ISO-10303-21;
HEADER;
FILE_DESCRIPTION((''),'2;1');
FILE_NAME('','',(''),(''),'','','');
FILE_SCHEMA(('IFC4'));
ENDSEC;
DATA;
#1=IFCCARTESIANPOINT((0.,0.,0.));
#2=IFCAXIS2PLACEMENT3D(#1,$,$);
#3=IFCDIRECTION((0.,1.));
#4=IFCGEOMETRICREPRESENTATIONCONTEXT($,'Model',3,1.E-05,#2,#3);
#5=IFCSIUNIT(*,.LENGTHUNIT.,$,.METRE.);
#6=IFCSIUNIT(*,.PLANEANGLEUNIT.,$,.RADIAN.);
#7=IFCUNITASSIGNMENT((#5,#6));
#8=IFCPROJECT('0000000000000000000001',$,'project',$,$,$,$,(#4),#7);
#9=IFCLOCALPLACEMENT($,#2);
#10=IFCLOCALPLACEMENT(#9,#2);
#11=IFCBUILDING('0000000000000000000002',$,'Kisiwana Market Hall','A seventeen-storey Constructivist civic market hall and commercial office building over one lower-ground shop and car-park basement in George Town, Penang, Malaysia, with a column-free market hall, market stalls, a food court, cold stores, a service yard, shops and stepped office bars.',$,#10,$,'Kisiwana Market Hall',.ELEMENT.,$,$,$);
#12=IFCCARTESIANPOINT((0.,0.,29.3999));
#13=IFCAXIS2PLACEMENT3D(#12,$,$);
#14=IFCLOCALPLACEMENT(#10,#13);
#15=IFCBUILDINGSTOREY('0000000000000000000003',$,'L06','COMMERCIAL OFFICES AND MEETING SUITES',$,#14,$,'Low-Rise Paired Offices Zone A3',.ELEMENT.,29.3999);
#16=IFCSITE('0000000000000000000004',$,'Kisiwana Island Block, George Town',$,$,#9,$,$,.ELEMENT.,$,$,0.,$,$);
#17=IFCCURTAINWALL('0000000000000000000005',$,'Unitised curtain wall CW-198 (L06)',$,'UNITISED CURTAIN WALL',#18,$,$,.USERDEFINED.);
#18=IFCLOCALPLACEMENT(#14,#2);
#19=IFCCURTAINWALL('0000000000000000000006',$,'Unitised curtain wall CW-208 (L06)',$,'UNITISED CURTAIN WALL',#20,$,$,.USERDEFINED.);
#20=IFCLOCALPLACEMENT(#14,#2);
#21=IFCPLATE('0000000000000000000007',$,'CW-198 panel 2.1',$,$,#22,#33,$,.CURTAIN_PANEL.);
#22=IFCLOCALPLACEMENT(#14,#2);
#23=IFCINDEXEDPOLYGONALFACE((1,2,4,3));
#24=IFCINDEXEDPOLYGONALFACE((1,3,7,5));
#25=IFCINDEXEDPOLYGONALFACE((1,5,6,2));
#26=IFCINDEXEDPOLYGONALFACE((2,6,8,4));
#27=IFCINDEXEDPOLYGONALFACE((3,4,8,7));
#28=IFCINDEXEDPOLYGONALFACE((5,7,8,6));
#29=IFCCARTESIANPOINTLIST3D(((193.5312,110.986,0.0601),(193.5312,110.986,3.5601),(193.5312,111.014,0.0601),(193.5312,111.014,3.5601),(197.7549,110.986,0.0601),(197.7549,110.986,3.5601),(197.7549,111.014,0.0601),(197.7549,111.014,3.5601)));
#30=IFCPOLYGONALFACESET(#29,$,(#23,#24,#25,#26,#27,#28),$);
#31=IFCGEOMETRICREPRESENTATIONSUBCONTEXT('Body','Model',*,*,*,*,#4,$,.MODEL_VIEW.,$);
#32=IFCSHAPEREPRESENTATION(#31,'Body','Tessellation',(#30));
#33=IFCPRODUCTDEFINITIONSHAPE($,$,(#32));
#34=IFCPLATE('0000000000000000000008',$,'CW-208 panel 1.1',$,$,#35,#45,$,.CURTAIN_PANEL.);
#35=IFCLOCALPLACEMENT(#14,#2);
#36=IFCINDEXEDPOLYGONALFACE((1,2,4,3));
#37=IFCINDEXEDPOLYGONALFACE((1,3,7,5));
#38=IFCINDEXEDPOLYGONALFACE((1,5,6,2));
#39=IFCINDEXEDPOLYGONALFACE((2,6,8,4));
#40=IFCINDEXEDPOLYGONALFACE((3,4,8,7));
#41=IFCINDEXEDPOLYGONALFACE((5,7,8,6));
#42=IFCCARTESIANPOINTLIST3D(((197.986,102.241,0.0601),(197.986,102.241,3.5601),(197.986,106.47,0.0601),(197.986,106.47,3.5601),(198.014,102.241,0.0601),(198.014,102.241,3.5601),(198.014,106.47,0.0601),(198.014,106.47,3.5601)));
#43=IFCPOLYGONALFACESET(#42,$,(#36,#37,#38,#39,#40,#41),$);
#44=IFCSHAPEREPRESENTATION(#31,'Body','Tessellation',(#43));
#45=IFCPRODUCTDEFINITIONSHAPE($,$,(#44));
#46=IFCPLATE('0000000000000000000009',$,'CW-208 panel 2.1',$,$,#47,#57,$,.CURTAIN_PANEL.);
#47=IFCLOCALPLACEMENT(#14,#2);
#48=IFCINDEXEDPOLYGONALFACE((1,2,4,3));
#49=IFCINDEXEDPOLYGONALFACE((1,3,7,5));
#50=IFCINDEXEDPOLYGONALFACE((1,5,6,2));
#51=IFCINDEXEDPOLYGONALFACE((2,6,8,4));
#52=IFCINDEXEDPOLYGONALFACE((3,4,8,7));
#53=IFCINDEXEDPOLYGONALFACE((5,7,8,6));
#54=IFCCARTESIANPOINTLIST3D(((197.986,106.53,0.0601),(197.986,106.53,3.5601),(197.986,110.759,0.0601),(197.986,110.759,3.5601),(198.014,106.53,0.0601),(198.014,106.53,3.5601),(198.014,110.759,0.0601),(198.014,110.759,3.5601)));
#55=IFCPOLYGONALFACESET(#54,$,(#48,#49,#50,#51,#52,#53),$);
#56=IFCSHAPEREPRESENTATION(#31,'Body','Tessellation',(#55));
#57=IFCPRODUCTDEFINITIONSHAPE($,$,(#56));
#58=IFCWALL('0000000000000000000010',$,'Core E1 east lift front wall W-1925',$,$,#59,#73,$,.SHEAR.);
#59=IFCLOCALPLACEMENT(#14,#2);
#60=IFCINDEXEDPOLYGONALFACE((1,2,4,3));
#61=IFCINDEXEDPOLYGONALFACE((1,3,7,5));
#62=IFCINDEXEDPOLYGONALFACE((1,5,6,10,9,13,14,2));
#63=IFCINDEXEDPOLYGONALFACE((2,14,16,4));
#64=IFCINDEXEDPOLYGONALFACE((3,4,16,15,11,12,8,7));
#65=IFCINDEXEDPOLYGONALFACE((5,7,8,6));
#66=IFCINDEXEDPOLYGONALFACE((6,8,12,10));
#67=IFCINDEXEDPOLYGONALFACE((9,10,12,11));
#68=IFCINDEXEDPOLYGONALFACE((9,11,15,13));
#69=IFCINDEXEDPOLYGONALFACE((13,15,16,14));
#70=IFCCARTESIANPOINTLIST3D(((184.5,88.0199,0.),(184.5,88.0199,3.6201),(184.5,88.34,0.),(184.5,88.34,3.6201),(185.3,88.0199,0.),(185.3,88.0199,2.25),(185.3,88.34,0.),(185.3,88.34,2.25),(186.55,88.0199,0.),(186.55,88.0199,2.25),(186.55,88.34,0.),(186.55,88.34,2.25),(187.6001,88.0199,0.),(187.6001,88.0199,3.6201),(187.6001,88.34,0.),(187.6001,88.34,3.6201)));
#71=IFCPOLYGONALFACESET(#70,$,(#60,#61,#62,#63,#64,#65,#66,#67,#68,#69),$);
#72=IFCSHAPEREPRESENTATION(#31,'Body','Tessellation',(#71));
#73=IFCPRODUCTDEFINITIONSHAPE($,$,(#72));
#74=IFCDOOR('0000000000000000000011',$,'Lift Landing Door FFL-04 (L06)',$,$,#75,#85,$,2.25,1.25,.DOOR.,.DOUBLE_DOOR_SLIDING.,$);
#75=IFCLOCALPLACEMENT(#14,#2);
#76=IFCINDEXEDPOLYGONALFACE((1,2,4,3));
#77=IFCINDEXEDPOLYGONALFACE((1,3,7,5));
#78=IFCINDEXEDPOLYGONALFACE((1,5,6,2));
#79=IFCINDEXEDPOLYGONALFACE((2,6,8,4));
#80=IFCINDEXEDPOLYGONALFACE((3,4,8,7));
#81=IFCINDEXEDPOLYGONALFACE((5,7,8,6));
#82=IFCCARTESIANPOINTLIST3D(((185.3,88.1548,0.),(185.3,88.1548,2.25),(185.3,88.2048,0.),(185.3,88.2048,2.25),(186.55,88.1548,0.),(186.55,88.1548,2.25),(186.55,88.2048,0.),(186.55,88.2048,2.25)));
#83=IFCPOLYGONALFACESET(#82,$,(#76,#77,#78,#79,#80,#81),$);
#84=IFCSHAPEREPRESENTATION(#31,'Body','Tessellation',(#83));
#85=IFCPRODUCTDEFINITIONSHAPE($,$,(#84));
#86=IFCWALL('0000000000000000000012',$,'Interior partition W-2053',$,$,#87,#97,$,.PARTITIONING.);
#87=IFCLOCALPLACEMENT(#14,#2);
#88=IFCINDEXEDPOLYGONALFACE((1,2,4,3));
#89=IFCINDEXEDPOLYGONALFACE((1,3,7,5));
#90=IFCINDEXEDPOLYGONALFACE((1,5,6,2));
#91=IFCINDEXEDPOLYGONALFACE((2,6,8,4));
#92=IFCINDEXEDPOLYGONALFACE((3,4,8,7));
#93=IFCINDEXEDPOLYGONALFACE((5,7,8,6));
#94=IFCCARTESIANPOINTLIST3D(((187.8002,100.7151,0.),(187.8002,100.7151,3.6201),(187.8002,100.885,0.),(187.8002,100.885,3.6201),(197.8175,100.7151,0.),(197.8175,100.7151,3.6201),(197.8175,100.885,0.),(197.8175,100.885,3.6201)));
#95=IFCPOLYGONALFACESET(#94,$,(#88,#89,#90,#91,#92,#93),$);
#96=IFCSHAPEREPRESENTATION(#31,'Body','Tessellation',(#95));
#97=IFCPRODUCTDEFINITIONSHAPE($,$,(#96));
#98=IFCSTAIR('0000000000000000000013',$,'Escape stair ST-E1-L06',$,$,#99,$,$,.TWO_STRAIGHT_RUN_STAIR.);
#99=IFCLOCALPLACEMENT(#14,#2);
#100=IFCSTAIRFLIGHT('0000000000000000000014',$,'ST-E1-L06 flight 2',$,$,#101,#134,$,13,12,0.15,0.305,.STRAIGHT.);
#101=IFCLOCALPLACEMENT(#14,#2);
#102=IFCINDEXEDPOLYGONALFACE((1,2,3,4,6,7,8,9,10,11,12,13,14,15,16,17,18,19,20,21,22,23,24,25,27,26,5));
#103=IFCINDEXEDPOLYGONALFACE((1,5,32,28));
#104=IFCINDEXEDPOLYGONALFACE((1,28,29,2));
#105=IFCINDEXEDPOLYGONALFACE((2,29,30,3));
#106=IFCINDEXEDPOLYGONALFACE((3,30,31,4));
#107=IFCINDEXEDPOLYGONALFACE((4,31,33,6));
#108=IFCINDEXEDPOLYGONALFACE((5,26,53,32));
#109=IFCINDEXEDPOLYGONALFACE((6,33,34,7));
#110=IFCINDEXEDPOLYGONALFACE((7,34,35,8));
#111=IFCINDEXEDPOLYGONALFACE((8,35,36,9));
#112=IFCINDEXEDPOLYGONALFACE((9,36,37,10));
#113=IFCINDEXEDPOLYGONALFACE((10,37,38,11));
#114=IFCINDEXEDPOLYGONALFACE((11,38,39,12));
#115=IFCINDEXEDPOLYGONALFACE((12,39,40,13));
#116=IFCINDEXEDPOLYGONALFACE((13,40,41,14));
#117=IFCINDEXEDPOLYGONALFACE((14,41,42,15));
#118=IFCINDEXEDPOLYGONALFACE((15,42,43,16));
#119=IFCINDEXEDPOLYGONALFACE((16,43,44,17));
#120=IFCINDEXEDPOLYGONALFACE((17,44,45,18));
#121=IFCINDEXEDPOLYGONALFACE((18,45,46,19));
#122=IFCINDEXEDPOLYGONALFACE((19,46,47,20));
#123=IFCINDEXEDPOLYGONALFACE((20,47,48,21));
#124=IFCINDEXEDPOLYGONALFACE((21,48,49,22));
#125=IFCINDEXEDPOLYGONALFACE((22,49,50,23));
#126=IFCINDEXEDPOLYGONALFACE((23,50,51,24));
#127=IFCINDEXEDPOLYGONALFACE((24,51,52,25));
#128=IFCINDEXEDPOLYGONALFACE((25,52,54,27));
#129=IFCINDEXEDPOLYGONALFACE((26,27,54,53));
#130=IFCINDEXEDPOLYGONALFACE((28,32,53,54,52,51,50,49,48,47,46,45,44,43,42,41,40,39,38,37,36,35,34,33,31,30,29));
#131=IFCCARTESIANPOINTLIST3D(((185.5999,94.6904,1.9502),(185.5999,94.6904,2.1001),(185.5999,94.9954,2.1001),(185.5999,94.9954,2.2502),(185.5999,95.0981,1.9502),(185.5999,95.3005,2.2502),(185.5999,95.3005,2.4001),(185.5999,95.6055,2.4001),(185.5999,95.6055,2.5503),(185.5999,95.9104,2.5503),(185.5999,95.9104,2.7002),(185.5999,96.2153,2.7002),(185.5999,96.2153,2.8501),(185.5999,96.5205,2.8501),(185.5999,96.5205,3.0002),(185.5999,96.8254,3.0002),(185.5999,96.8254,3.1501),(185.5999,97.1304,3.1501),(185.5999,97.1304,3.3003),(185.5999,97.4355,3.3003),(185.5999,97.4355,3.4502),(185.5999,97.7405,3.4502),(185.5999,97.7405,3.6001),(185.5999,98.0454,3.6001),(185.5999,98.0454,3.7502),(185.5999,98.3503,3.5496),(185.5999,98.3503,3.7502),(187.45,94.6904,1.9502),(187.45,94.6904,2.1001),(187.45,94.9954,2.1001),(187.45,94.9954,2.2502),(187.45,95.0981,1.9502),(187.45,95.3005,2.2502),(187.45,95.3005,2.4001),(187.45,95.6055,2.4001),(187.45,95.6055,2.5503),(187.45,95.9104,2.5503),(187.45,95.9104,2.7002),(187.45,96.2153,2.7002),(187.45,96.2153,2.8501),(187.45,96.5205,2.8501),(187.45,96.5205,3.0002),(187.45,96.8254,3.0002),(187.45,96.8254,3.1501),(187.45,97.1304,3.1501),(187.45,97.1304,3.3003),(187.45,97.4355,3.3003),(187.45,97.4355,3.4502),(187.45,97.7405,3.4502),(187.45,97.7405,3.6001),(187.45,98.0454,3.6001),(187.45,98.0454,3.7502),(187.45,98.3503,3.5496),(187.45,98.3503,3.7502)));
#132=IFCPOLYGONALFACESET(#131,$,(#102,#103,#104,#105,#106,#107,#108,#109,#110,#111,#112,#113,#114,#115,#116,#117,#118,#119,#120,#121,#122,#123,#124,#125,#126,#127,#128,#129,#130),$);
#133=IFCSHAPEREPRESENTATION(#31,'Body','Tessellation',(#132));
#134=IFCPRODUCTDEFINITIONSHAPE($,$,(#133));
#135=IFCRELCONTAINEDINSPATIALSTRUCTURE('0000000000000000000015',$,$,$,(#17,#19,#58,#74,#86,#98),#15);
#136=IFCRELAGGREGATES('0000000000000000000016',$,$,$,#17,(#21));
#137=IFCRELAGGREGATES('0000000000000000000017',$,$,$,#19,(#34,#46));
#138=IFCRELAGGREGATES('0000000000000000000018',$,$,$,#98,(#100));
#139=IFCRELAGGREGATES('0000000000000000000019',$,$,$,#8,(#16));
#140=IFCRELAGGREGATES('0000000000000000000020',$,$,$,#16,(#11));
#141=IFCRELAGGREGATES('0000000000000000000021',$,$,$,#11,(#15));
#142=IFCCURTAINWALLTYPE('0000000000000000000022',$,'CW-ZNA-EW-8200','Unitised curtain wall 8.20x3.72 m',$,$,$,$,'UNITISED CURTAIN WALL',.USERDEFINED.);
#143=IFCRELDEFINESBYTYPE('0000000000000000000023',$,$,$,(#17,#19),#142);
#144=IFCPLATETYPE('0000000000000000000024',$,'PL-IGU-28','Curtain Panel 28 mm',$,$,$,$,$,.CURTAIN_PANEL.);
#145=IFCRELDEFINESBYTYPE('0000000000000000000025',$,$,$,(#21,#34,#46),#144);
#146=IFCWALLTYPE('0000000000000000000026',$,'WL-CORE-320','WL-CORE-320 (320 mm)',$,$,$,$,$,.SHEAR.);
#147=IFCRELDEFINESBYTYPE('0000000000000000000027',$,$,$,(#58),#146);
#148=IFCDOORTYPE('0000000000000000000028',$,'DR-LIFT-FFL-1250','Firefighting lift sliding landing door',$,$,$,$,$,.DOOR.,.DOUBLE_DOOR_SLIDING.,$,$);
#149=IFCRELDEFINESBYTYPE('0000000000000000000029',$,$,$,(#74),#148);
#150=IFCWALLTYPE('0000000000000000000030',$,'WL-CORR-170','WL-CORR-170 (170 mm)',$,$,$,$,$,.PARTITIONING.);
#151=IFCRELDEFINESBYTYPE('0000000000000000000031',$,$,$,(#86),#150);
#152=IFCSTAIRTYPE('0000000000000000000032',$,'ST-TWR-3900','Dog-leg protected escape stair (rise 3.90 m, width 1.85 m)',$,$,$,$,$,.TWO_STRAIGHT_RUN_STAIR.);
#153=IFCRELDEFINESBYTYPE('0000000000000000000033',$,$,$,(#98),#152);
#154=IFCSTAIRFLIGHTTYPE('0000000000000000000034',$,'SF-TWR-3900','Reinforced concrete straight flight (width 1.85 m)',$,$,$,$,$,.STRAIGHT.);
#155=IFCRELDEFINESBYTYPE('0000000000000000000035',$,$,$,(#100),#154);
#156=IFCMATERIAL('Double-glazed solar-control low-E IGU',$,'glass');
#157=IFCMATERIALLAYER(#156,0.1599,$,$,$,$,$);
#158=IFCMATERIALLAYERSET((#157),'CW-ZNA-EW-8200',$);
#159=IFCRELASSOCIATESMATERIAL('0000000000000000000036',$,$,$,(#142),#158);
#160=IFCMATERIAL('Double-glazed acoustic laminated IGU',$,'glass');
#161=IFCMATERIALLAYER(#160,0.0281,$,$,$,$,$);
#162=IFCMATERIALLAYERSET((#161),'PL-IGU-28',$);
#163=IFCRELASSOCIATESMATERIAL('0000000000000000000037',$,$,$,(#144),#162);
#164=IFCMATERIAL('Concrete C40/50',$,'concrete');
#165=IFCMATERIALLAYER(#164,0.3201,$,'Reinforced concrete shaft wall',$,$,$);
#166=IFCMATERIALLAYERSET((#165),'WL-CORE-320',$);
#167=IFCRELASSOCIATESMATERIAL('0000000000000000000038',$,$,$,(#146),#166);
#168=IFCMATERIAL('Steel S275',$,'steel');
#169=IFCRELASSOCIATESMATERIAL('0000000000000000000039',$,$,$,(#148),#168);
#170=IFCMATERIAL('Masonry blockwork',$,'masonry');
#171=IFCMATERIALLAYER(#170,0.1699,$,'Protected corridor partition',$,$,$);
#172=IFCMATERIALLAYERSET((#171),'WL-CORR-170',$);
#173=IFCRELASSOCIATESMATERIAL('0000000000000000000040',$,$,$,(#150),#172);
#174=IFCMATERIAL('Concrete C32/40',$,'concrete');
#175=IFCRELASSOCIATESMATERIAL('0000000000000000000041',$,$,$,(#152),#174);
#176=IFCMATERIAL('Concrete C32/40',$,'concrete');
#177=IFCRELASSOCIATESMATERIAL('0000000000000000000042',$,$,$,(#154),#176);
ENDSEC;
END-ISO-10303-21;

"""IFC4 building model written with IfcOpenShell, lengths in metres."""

from ifc_helpers import new_model, si_unit, direction, frame, frame_2d, origin, origin_2d, place, context, subcontext, project, spatial, polyline, rectangle, outline, extrude, material, layer, layer_set, type_object, element, fill, aggregate, save


model = new_model("IFC4")

# Units and contexts
model_context = context("Model", 3, precision=1e-05, world=origin(), true_north=direction((0.0, 1.0)))
body_context = subcontext(model_context, "Body", "Model", "MODEL_VIEW")
ifc_project = project(units=[si_unit("LENGTHUNIT", "METRE"), si_unit("PLANEANGLEUNIT", "RADIAN")], contexts=[model_context])

# Site, building, storey
site_placement = place(None, origin())
site = spatial("IfcSite", under=ifc_project, at=site_placement, Name="Kisiwana Island Block, George Town", CompositionType="ELEMENT", RefElevation=0.0)
building_placement = place(site_placement, origin())
building = spatial("IfcBuilding", under=site, at=building_placement, Name="Kisiwana Market Hall", Description="A seventeen-storey Constructivist civic market hall and commercial office building over one lower-ground shop and car-park basement in George Town, Penang, Malaysia, with a column-free market hall, market stalls, a food court, cold stores, a service yard, shops and stepped office bars.", LongName="Kisiwana Market Hall", CompositionType="ELEMENT")
storey_placement = place(building_placement, frame((0.0, 0.0, 29.3999)))
storey = spatial("IfcBuildingStorey", under=building, at=storey_placement, Name="L06", Description="COMMERCIAL OFFICES AND MEETING SUITES", LongName="Low-Rise Paired Offices Zone A3", CompositionType="ELEMENT", Elevation=29.3999)

# Curtain walls
ifc_material_1 = material(Name="Double-glazed solar-control low-E IGU", Category="glass")
ifc_layer_1 = layer(ifc_material_1, 0.1599)
ifc_layer_set_1 = layer_set([ifc_layer_1], Name="CW-ZNA-EW-8200")
curtain_wall_type = type_object("IfcCurtainWallType", Name="CW-ZNA-EW-8200", Description="Unitised curtain wall 8.20x3.72 m", ElementType="UNITISED CURTAIN WALL", PredefinedType="USERDEFINED", material=ifc_layer_set_1)
curtain_wall_1_placement = place(storey_placement, origin())
curtain_wall_1 = element("IfcCurtainWall", 1, at=curtain_wall_1_placement, inside=storey, type_object=curtain_wall_type, Name="Unitised curtain wall CW-198 (L06)", ObjectType="UNITISED CURTAIN WALL", PredefinedType="USERDEFINED")
curtain_wall_2_placement = place(storey_placement, origin())
curtain_wall_2 = element("IfcCurtainWall", 2, at=curtain_wall_2_placement, inside=storey, type_object=curtain_wall_type, Name="Unitised curtain wall CW-208 (L06)", ObjectType="UNITISED CURTAIN WALL", PredefinedType="USERDEFINED")

# Plates
ifc_material_2 = material(Name="Double-glazed acoustic laminated IGU", Category="glass")
ifc_layer_2 = layer(ifc_material_2, 0.0281)
ifc_layer_set_2 = layer_set([ifc_layer_2], Name="PL-IGU-28")
plate_type = type_object("IfcPlateType", Name="PL-IGU-28", Description="Curtain Panel 28 mm", PredefinedType="CURTAIN_PANEL", material=ifc_layer_set_2)
plate_1_placement = place(storey_placement, frame((195.6431, 111.0, 0.0601), z_axis=(0.0, 0.0, 1.0), x_axis=(1.0, 0.0, 0.0)))
plate_1 = element("IfcPlate", 3, at=plate_1_placement, type_object=plate_type, Name="CW-198 panel 2.1", PredefinedType="CURTAIN_PANEL", context=body_context, shape_type="SweptSolid", body=[
    extrude(rectangle(XDim=4.2236, YDim=0.0281, at=origin_2d()), origin(), (0.0, 0.0, 1.0), 3.5),
])
aggregate(curtain_wall_1, [plate_1])
plate_2_placement = place(storey_placement, frame((198.0, 104.3555, 0.0601), z_axis=(0.0, 0.0, 1.0), x_axis=(0.0, 1.0, 0.0)))
plate_2 = element("IfcPlate", 4, at=plate_2_placement, type_object=plate_type, Name="CW-208 panel 1.1", PredefinedType="CURTAIN_PANEL", context=body_context, shape_type="SweptSolid", body=[
    extrude(rectangle(XDim=4.229, YDim=0.0281, at=origin_2d()), origin(), (0.0, 0.0, 1.0), 3.5),
])
plate_3_placement = place(storey_placement, frame((198.0, 108.6445, 0.0601), z_axis=(0.0, 0.0, 1.0), x_axis=(0.0, 1.0, 0.0)))
plate_3 = element("IfcPlate", 5, at=plate_3_placement, type_object=plate_type, Name="CW-208 panel 2.1", PredefinedType="CURTAIN_PANEL", context=body_context, shape_type="SweptSolid", body=[
    extrude(rectangle(XDim=4.229, YDim=0.0281, at=origin_2d()), origin(), (0.0, 0.0, 1.0), 3.5),
])
aggregate(curtain_wall_2, [plate_2, plate_3])

# Wall, opening, door
ifc_material_3 = material(Name="Concrete C40/50", Category="concrete")
ifc_layer_3 = layer(ifc_material_3, 0.3201, Name="Reinforced concrete shaft wall")
ifc_layer_set_3 = layer_set([ifc_layer_3], Name="WL-CORE-320")
wall_type_1 = type_object("IfcWallType", Name="WL-CORE-320", Description="WL-CORE-320 (320 mm)", PredefinedType="SHEAR", material=ifc_layer_set_3)
wall_1_placement = place(storey_placement, frame((184.5, 88.1799, 0.0), z_axis=(0.0, 0.0, 1.0), x_axis=(1.0, 0.0, 0.0)))
wall_1 = element("IfcWall", 6, at=wall_1_placement, inside=storey, type_object=wall_type_1, Name="Core E1 east lift front wall W-1925", PredefinedType="SHEAR", context=body_context, shape_type="SweptSolid", body=[
    extrude(rectangle(XDim=3.1001, YDim=0.3201, at=frame_2d((1.55, 0.0))), origin(), (0.0, 0.0, 1.0), 3.6201),
])
opening_placement = place(wall_1_placement, frame((0.8, 0.0, 0.0)))
opening = element("IfcOpeningElement", 7, at=opening_placement, cuts=wall_1, PredefinedType="OPENING", context=body_context, shape_type="SweptSolid", body=[
    extrude(rectangle(XDim=1.25, YDim=2.25, at=frame_2d((0.625, 1.125))), frame((0.0, 0.1719, 0.0), z_axis=(0.0, -1.0, 0.0), x_axis=(1.0, 0.0, 0.0)), (0.0, 0.0, 1.0), 0.344),
])
ifc_material_4 = material(Name="Steel S275", Category="steel")
door_type = type_object("IfcDoorType", Name="DR-LIFT-FFL-1250", Description="Firefighting lift sliding landing door", OperationType="DOUBLE_DOOR_SLIDING", PredefinedType="DOOR", material=ifc_material_4)
door_placement = place(opening_placement, origin())
door = element("IfcDoor", 8, at=door_placement, inside=storey, type_object=door_type, Name="Lift Landing Door FFL-04 (L06)", OperationType="DOUBLE_DOOR_SLIDING", OverallHeight=2.25, OverallWidth=1.25, PredefinedType="DOOR", context=body_context, shape_type="SweptSolid", body=[
    extrude(rectangle(XDim=1.25, YDim=2.25, at=frame_2d((0.625, 1.125))), frame((0.0, 0.0249, 0.0), z_axis=(0.0, -1.0, 0.0), x_axis=(1.0, 0.0, 0.0)), (0.0, 0.0, 1.0), 0.05),
])
fill(opening, door)

# Wall
ifc_material_5 = material(Name="Masonry blockwork", Category="masonry")
ifc_layer_4 = layer(ifc_material_5, 0.1699, Name="Protected corridor partition")
ifc_layer_set_4 = layer_set([ifc_layer_4], Name="WL-CORR-170")
wall_type_2 = type_object("IfcWallType", Name="WL-CORR-170", Description="WL-CORR-170 (170 mm)", PredefinedType="PARTITIONING", material=ifc_layer_set_4)
wall_2_placement = place(storey_placement, frame((187.8, 100.8, 0.0), z_axis=(0.0, 0.0, 1.0), x_axis=(1.0, 0.0, 0.0)))
element("IfcWall", 9, at=wall_2_placement, inside=storey, type_object=wall_type_2, Name="Interior partition W-2053", PredefinedType="PARTITIONING", context=body_context, shape_type="SweptSolid", body=[
    extrude(rectangle(XDim=10.0173, YDim=0.1699, at=frame_2d((5.0088, 0.0))), origin(), (0.0, 0.0, 1.0), 3.6201),
])

# Stair, stair flight
ifc_material_6 = material(Name="Concrete C32/40", Category="concrete")
stair_type = type_object("IfcStairType", Name="ST-TWR-3900", Description="Dog-leg protected escape stair (rise 3.90 m, width 1.85 m)", PredefinedType="TWO_STRAIGHT_RUN_STAIR", material=ifc_material_6)
stair_placement = place(storey_placement, origin())
stair = element("IfcStair", 10, at=stair_placement, inside=storey, type_object=stair_type, Name="Escape stair ST-E1-L06", PredefinedType="TWO_STRAIGHT_RUN_STAIR")
ifc_material_7 = material(Name="Concrete C32/40", Category="concrete")
stair_flight_type = type_object("IfcStairFlightType", Name="SF-TWR-3900", Description="Reinforced concrete straight flight (width 1.85 m)", PredefinedType="STRAIGHT", material=ifc_material_7)
stair_flight_placement = place(storey_placement, frame((186.5249, 94.6904, 1.9502), z_axis=(0.0, 0.0, 1.0), x_axis=(0.0, 1.0, 0.0)))
stair_flight = element("IfcStairFlight", 11, at=stair_flight_placement, type_object=stair_flight_type, Name="ST-E1-L06 flight 2", NumberOfRisers=13, NumberOfTreads=12, PredefinedType="STRAIGHT", RiserHeight=0.15, TreadLength=0.305, context=body_context, shape_type="SweptSolid", body=[
    extrude(outline(polyline([(0.0, 0.0), (0.0, 0.1499), (0.3049, 0.1499), (0.3049, 0.3), (0.6101, 0.3), (0.6101, 0.45), (0.915, 0.45), (0.915, 0.6001), (1.22, 0.6001), (1.22, 0.75), (1.5249, 0.75), (1.5249, 0.8999), (1.8301, 0.8999), (1.8301, 1.05), (2.135, 1.05), (2.135, 1.2), (2.4399, 1.2), (2.4399, 1.3501), (2.7451, 1.3501), (2.7451, 1.5), (3.05, 1.5), (3.05, 1.6499), (3.355, 1.6499), (3.355, 1.8), (3.6599, 1.8), (3.6599, 1.95), (3.6599, 1.5994), (0.4077, 0.0), (0.0, 0.0)])), frame((0.0, 0.925, 0.0), z_axis=(0.0, -1.0, 0.0), x_axis=(1.0, 0.0, 0.0)), (0.0, 0.0, 1.0), 1.8501),
])
aggregate(stair, [stair_flight])

save(model, "model.ifc")
